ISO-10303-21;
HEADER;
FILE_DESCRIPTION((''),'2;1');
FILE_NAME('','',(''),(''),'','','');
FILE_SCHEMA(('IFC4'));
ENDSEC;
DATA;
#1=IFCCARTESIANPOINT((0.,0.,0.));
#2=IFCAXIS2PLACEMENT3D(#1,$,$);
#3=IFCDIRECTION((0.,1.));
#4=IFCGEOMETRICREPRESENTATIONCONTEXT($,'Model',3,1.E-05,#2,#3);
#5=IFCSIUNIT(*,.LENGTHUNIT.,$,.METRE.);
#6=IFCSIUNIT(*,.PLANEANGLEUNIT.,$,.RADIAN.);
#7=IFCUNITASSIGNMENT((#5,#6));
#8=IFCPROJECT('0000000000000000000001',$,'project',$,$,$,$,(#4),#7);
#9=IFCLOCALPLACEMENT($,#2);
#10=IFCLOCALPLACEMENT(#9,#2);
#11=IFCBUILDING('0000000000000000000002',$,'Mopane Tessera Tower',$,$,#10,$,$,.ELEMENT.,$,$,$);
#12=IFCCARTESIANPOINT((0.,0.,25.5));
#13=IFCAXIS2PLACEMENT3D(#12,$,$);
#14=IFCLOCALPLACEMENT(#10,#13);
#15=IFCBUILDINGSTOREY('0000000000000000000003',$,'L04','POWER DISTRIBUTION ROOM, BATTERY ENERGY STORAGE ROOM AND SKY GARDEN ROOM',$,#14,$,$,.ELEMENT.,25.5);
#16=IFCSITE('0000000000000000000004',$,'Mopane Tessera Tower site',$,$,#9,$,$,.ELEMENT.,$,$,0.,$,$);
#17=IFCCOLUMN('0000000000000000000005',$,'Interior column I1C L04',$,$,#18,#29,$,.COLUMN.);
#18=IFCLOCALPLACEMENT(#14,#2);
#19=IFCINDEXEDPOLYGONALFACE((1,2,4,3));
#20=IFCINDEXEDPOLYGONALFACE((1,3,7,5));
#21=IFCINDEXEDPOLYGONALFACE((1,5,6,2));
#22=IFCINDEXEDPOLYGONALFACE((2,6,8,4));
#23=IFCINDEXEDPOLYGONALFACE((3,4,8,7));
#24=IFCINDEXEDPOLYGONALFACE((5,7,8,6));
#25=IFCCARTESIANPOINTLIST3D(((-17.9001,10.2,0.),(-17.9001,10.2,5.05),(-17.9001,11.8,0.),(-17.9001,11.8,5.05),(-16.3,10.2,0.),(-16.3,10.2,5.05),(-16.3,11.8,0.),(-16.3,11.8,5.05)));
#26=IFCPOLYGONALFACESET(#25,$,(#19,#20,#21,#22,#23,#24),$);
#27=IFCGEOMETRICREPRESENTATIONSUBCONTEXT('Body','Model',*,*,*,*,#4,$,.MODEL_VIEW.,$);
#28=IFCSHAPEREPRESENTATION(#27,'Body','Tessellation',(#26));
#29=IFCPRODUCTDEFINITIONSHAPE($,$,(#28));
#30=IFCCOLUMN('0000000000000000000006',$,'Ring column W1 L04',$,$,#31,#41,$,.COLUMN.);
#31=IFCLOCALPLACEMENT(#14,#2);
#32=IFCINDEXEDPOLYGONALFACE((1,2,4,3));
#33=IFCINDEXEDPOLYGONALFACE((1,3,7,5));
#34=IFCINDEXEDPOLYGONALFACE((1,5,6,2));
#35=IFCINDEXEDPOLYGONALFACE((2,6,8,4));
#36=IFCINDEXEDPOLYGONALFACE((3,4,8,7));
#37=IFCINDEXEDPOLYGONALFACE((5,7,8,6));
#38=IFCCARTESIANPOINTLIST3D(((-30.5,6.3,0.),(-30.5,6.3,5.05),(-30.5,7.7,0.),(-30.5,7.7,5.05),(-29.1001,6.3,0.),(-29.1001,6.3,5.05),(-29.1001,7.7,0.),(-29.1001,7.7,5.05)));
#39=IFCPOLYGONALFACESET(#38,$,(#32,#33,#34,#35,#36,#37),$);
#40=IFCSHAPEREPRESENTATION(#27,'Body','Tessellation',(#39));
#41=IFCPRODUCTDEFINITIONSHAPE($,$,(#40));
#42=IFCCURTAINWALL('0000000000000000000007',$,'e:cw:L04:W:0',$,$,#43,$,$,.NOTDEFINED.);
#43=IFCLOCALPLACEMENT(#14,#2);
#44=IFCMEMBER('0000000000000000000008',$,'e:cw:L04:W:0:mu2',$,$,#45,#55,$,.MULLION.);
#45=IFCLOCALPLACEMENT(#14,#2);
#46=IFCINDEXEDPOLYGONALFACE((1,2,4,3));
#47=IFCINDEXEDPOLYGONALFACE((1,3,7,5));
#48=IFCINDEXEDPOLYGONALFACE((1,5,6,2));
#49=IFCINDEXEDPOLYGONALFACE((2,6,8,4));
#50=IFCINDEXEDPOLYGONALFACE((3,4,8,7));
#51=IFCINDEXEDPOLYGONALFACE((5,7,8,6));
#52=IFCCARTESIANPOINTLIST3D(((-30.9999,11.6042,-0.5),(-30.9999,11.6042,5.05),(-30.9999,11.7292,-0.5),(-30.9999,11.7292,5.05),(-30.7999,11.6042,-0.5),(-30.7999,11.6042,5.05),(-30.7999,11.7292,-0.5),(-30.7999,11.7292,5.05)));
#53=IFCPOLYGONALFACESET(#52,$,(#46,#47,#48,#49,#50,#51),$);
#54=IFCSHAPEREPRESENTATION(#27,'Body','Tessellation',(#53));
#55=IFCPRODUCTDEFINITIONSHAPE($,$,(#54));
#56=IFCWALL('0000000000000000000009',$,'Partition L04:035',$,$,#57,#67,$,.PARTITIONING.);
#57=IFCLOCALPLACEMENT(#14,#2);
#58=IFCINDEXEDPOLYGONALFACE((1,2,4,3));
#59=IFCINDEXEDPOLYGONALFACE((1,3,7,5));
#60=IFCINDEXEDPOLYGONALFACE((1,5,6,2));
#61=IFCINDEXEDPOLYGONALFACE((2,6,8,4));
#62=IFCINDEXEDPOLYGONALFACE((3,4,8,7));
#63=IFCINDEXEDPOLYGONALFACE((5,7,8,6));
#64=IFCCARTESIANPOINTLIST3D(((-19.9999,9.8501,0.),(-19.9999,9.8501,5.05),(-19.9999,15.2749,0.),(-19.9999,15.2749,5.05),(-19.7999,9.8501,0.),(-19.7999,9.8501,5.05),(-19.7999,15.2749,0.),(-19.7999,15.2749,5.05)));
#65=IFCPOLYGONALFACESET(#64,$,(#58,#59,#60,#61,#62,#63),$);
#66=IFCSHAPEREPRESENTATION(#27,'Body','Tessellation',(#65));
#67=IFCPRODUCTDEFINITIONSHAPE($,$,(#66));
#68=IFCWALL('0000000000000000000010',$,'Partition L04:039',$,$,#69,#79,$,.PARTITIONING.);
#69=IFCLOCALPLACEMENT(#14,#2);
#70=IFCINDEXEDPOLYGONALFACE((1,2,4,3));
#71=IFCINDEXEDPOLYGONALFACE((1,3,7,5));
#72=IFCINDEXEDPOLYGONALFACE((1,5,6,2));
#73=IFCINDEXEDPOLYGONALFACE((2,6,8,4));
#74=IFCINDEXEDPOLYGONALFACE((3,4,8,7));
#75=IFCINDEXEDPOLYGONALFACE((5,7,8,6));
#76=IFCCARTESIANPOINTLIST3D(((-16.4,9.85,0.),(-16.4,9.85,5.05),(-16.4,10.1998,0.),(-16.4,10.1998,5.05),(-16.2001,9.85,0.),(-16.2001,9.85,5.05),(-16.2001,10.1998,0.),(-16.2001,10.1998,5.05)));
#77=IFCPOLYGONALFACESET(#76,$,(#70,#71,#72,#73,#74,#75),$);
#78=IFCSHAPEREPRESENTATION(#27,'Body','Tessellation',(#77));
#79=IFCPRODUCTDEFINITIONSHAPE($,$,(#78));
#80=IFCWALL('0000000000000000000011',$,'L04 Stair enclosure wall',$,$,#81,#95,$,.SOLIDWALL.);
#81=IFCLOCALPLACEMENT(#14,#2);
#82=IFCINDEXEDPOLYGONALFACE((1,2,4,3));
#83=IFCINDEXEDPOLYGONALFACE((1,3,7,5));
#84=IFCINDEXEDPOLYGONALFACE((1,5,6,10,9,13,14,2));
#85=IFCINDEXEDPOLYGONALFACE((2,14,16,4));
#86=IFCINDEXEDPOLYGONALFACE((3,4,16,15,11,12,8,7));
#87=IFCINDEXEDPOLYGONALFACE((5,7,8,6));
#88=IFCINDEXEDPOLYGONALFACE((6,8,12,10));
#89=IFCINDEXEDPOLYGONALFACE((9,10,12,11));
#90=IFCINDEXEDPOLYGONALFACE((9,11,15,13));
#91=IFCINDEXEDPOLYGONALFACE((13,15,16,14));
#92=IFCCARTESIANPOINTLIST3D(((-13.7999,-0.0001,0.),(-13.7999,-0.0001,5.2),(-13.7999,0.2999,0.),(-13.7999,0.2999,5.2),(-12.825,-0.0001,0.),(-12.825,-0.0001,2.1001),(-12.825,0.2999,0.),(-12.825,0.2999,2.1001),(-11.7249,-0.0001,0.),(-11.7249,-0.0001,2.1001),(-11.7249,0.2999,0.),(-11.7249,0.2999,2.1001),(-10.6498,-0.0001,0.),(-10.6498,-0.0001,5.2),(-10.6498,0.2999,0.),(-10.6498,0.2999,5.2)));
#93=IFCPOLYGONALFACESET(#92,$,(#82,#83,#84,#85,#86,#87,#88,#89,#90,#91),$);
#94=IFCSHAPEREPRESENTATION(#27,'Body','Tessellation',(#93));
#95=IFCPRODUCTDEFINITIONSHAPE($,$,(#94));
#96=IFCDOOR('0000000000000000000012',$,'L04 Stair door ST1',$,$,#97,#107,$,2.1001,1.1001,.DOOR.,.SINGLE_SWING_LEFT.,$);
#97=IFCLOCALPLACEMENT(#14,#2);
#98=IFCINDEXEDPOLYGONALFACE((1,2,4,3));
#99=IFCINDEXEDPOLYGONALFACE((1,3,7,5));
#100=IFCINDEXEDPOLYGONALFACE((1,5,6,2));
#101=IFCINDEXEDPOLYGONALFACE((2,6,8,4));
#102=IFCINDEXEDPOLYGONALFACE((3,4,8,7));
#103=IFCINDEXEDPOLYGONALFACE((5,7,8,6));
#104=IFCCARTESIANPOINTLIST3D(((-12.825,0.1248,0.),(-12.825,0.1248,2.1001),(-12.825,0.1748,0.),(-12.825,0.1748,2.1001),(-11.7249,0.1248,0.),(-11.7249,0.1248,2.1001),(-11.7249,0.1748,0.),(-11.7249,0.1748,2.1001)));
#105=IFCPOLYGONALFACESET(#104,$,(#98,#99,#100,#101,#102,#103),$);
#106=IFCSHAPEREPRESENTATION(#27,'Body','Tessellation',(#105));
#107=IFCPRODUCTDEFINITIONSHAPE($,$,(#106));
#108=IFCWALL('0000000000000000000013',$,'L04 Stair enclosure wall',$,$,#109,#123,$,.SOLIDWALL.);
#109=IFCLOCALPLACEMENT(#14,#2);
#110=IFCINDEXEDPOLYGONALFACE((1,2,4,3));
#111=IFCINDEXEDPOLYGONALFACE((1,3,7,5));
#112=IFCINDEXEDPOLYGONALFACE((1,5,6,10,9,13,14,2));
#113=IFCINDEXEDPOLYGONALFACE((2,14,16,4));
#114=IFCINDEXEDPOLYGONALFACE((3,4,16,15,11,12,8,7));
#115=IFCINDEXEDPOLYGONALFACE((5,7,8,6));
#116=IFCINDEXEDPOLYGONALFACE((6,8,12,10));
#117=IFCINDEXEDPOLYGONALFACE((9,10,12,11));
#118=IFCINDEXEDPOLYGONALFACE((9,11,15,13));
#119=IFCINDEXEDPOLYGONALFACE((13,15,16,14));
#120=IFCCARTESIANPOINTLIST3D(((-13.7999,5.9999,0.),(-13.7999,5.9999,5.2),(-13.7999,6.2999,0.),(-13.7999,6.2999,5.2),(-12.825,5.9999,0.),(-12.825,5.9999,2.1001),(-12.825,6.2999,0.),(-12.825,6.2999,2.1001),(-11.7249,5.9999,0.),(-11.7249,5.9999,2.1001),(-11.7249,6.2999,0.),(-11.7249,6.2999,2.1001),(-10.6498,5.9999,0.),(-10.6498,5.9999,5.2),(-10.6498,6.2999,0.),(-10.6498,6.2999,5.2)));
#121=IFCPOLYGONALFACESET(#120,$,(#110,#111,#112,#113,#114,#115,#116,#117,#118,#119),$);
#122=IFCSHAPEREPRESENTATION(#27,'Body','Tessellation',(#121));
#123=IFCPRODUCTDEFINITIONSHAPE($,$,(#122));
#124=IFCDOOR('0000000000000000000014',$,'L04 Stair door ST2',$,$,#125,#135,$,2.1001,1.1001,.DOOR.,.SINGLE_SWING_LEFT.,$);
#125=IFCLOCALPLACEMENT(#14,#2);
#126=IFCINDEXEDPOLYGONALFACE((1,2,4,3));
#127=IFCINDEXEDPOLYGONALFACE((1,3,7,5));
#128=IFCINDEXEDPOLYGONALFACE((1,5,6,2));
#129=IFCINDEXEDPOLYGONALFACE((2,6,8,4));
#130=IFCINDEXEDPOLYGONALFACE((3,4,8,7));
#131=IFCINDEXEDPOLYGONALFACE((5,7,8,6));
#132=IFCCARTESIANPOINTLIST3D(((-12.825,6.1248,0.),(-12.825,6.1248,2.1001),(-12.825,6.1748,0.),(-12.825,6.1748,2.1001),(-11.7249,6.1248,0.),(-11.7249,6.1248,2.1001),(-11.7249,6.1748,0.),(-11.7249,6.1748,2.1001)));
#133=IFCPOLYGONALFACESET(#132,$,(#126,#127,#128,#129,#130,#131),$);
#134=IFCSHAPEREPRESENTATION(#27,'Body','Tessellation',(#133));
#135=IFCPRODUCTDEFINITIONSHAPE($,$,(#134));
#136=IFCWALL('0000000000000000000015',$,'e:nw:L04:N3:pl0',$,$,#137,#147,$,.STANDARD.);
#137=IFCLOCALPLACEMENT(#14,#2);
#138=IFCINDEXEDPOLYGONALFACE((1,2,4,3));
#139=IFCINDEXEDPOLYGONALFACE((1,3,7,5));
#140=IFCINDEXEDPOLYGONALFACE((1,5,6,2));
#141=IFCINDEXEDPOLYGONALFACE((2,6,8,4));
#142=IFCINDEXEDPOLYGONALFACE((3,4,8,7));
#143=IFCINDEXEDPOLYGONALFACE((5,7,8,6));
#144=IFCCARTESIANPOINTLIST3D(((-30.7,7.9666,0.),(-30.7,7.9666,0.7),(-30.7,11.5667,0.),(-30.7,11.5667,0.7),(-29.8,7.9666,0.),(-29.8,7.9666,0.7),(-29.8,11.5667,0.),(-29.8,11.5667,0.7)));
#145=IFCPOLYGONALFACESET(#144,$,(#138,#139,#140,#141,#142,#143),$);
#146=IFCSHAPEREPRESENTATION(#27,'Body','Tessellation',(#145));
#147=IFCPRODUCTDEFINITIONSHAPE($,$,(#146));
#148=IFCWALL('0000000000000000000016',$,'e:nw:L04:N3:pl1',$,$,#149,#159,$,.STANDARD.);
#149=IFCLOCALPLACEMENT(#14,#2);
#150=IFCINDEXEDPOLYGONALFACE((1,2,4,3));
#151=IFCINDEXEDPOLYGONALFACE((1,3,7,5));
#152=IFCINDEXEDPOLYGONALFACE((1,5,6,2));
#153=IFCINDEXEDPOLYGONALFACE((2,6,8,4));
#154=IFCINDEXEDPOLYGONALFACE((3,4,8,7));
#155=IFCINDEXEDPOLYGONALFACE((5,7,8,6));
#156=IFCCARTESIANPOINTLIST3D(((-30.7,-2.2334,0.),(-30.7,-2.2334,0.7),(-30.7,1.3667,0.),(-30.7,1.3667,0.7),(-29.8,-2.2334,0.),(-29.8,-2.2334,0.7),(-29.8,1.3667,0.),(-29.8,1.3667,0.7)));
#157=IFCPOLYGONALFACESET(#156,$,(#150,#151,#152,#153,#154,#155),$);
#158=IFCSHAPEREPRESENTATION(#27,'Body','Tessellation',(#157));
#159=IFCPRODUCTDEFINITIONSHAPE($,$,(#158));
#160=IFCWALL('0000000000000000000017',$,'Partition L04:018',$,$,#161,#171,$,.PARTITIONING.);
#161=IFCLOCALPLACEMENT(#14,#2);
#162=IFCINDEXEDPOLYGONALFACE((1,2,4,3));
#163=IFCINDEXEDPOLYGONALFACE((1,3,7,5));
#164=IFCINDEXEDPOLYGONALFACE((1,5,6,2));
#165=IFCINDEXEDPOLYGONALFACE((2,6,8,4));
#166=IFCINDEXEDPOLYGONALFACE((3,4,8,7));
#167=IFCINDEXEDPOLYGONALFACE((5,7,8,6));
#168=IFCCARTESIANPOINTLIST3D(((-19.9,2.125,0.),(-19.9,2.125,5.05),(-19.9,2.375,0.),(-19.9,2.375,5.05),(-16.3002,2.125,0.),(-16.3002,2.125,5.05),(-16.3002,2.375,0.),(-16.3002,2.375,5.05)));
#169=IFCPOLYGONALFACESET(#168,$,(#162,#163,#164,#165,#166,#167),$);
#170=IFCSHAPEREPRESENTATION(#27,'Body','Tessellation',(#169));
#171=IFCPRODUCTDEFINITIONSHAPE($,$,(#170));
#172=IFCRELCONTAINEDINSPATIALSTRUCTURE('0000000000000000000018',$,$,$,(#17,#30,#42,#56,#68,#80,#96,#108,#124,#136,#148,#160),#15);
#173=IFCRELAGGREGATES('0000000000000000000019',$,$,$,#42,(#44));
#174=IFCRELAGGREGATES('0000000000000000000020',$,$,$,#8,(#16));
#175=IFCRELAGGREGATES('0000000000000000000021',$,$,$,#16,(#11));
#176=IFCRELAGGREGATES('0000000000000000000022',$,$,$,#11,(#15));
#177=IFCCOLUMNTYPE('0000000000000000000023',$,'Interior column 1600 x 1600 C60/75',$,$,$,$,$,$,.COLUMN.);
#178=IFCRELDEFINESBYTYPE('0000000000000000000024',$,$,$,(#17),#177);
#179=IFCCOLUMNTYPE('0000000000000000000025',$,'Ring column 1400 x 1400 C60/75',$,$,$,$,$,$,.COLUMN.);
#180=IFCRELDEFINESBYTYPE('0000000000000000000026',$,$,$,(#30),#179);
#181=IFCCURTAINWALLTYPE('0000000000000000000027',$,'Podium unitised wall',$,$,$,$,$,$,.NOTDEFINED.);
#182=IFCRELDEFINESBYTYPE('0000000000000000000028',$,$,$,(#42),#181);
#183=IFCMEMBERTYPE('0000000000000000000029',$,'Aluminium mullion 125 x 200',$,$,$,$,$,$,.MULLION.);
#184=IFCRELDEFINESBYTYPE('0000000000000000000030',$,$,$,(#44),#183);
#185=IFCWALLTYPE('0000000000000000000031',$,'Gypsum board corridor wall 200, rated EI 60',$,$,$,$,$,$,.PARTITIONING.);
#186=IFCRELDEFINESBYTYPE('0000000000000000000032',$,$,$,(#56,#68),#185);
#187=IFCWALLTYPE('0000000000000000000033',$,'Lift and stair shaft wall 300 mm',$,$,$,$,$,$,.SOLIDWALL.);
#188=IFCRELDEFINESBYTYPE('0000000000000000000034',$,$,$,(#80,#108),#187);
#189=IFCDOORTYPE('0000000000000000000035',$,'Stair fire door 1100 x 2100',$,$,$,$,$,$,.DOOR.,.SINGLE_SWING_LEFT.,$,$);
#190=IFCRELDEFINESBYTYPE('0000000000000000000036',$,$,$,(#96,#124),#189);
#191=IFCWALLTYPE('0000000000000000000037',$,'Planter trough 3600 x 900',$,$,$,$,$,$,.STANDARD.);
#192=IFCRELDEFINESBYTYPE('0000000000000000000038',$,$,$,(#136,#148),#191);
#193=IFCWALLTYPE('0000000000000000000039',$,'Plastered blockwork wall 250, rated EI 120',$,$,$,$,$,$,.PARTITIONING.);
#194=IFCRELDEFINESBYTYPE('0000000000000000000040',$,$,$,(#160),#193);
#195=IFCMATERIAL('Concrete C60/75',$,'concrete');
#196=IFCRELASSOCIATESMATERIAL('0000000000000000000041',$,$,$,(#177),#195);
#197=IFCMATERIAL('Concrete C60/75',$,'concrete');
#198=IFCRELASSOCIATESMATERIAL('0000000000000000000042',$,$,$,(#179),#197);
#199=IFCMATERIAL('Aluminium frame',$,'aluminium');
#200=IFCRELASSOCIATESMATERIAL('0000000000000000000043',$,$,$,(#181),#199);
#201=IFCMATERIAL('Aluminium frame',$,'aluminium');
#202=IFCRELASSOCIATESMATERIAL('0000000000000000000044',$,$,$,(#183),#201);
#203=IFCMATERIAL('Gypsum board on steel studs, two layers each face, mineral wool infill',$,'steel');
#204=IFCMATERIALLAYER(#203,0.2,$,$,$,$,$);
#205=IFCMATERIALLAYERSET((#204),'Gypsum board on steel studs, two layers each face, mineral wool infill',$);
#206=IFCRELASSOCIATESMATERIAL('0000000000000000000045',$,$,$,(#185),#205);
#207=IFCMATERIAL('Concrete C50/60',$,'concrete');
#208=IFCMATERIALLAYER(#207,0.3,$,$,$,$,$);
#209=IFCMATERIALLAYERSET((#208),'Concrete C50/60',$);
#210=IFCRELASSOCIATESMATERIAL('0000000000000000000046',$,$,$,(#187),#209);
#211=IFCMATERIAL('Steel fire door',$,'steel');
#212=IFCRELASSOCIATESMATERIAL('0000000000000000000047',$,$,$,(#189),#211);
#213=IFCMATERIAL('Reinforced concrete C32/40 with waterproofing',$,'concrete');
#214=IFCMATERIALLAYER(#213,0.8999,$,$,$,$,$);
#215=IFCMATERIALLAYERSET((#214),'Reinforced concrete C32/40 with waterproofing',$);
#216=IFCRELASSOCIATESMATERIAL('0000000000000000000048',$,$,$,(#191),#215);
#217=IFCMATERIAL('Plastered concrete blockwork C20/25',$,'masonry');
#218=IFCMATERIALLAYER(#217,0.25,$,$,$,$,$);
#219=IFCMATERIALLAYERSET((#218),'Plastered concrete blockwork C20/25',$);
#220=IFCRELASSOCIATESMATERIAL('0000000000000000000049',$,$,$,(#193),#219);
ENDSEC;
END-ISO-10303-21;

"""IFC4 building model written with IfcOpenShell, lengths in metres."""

from ifc_helpers import new_model, si_unit, direction, frame, frame_2d, origin, origin_2d, place, context, subcontext, project, spatial, rectangle, extrude, material, layer, layer_set, material_profile, profile_set, type_object, element, fill, aggregate, save


model = new_model("IFC4")

# Units and contexts
model_context = context("Model", 3, precision=1e-05, world=origin(), true_north=direction((0.0, 1.0)))
body_context = subcontext(model_context, "Body", "Model", "MODEL_VIEW")
ifc_project = project(units=[si_unit("LENGTHUNIT", "METRE"), si_unit("PLANEANGLEUNIT", "RADIAN")], contexts=[model_context])

# Site, building, storey
site_placement = place(None, origin())
site = spatial("IfcSite", under=ifc_project, at=site_placement, Name="Mopane Tessera Tower site", CompositionType="ELEMENT", RefElevation=0.0)
building_placement = place(site_placement, origin())
building = spatial("IfcBuilding", under=site, at=building_placement, Name="Mopane Tessera Tower", CompositionType="ELEMENT")
storey_placement = place(building_placement, frame((0.0, 0.0, 25.5)))
storey = spatial("IfcBuildingStorey", under=building, at=storey_placement, Name="L04", Description="POWER DISTRIBUTION ROOM, BATTERY ENERGY STORAGE ROOM AND SKY GARDEN ROOM", CompositionType="ELEMENT", Elevation=25.5)

# Columns
ifc_material_1 = material(Name="Concrete C60/75", Category="concrete")
ifc_material_profile_1 = material_profile(ifc_material_1, rectangle(XDim=1.6001, YDim=1.6001, at=origin_2d()))
ifc_profile_set_1 = profile_set([ifc_material_profile_1], Name="Concrete C60/75")
column_type_1 = type_object("IfcColumnType", Name="Interior column 1600 x 1600 C60/75", PredefinedType="COLUMN", material=ifc_profile_set_1)
column_1_placement = place(storey_placement, frame((-17.1001, 11.0, 0.0), z_axis=(0.0, 0.0, 1.0), x_axis=(1.0, 0.0, 0.0)))
element("IfcColumn", 1, at=column_1_placement, inside=storey, type_object=column_type_1, Name="Interior column I1C L04", PredefinedType="COLUMN", context=body_context, shape_type="SweptSolid", body=[
    extrude(rectangle(XDim=1.6001, YDim=1.6001, at=origin_2d()), origin(), (0.0, 0.0, 1.0), 5.05),
])
ifc_material_2 = material(Name="Concrete C60/75", Category="concrete")
ifc_material_profile_2 = material_profile(ifc_material_2, rectangle(XDim=1.3999, YDim=1.3999, at=origin_2d()))
ifc_profile_set_2 = profile_set([ifc_material_profile_2], Name="Concrete C60/75")
column_type_2 = type_object("IfcColumnType", Name="Ring column 1400 x 1400 C60/75", PredefinedType="COLUMN", material=ifc_profile_set_2)
column_2_placement = place(storey_placement, frame((-29.8, 7.0, 0.0), z_axis=(0.0, 0.0, 1.0), x_axis=(1.0, 0.0, 0.0)))
element("IfcColumn", 2, at=column_2_placement, inside=storey, type_object=column_type_2, Name="Ring column W1 L04", PredefinedType="COLUMN", context=body_context, shape_type="SweptSolid", body=[
    extrude(rectangle(XDim=1.3999, YDim=1.3999, at=origin_2d()), origin(), (0.0, 0.0, 1.0), 5.05),
])

# Curtain wall, member
ifc_material_3 = material(Name="Aluminium frame", Category="aluminium")
curtain_wall_type = type_object("IfcCurtainWallType", Name="Podium unitised wall", PredefinedType="NOTDEFINED", material=ifc_material_3)
curtain_wall_placement = place(storey_placement, origin())
curtain_wall = element("IfcCurtainWall", 3, at=curtain_wall_placement, inside=storey, type_object=curtain_wall_type, Name="e:cw:L04:W:0", PredefinedType="NOTDEFINED")
ifc_material_4 = material(Name="Aluminium frame", Category="aluminium")
ifc_material_profile_3 = material_profile(ifc_material_4, rectangle(XDim=0.125, YDim=0.2, at=origin_2d()))
ifc_profile_set_3 = profile_set([ifc_material_profile_3], Name="Aluminium frame")
member_type = type_object("IfcMemberType", Name="Aluminium mullion 125 x 200", PredefinedType="MULLION", material=ifc_profile_set_3)
member_placement = place(storey_placement, frame((-30.8999, 11.6667, -0.5), z_axis=(0.0, 0.0, 1.0), x_axis=(0.0, -1.0, 0.0)))
member = element("IfcMember", 4, at=member_placement, type_object=member_type, Name="e:cw:L04:W:0:mu2", PredefinedType="MULLION", context=body_context, shape_type="SweptSolid", body=[
    extrude(rectangle(XDim=0.125, YDim=0.2, at=origin_2d()), origin(), (0.0, 0.0, 1.0), 5.55),
])
aggregate(curtain_wall, [member])

# Walls
ifc_material_5 = material(Name="Gypsum board on steel studs, two layers each face, mineral wool infill", Category="steel")
ifc_layer_1 = layer(ifc_material_5, 0.2)
ifc_layer_set_1 = layer_set([ifc_layer_1], Name="Gypsum board on steel studs, two layers each face, mineral wool infill")
wall_type_1 = type_object("IfcWallType", Name="Gypsum board corridor wall 200, rated EI 60", PredefinedType="PARTITIONING", material=ifc_layer_set_1)
wall_1_placement = place(storey_placement, frame((-19.8999, 9.8501, 0.0), z_axis=(0.0, 0.0, 1.0), x_axis=(0.0, 1.0, 0.0)))
element("IfcWall", 5, at=wall_1_placement, inside=storey, type_object=wall_type_1, Name="Partition L04:035", PredefinedType="PARTITIONING", context=body_context, shape_type="SweptSolid", body=[
    extrude(rectangle(XDim=5.4248, YDim=0.2, at=frame_2d((2.7124, 0.0))), origin(), (0.0, 0.0, 1.0), 5.05),
])
wall_2_placement = place(storey_placement, frame((-16.3, 9.8501, 0.0), z_axis=(0.0, 0.0, 1.0), x_axis=(0.0, 1.0, 0.0)))
element("IfcWall", 6, at=wall_2_placement, inside=storey, type_object=wall_type_1, Name="Partition L04:039", PredefinedType="PARTITIONING", context=body_context, shape_type="SweptSolid", body=[
    extrude(rectangle(XDim=0.3499, YDim=0.2, at=frame_2d((0.1748, 0.0))), origin(), (0.0, 0.0, 1.0), 5.05),
])

# Walls, openings, doors
ifc_material_6 = material(Name="Concrete C50/60", Category="concrete")
ifc_layer_2 = layer(ifc_material_6, 0.3)
ifc_layer_set_2 = layer_set([ifc_layer_2], Name="Concrete C50/60")
wall_type_2 = type_object("IfcWallType", Name="Lift and stair shaft wall 300 mm", PredefinedType="SOLIDWALL", material=ifc_layer_set_2)
wall_3_placement = place(storey_placement, frame((-13.8, 0.1499, 0.0), z_axis=(0.0, 0.0, 1.0), x_axis=(1.0, 0.0, 0.0)))
wall_3 = element("IfcWall", 7, at=wall_3_placement, inside=storey, type_object=wall_type_2, Name="L04 Stair enclosure wall", PredefinedType="SOLIDWALL", context=body_context, shape_type="SweptSolid", body=[
    extrude(rectangle(XDim=3.1501, YDim=0.3, at=frame_2d((1.5752, 0.0))), origin(), (0.0, 0.0, 1.0), 5.2),
])
opening_1_placement = place(wall_3_placement, frame((0.9751, 0.0, 0.0)))
opening_1 = element("IfcOpeningElement", 8, at=opening_1_placement, cuts=wall_3, PredefinedType="OPENING", context=body_context, shape_type="SweptSolid", body=[
    extrude(rectangle(XDim=1.1001, YDim=2.1001, at=frame_2d((0.55, 1.05))), frame((0.0, 0.1621, 0.0), z_axis=(0.0, -1.0, 0.0), x_axis=(1.0, 0.0, 0.0)), (0.0, 0.0, 1.0), 0.324),
])
ifc_material_7 = material(Name="Steel fire door", Category="steel")
door_type_1 = type_object("IfcDoorType", Name="Stair fire door 1100 x 2100", OperationType="SINGLE_SWING_LEFT", PredefinedType="DOOR", material=ifc_material_7)
door_1_placement = place(opening_1_placement, origin())
door_1 = element("IfcDoor", 9, at=door_1_placement, inside=storey, type_object=door_type_1, Name="L04 Stair door ST1", OperationType="SINGLE_SWING_LEFT", OverallHeight=2.1001, OverallWidth=1.1001, PredefinedType="DOOR", context=body_context, shape_type="SweptSolid", body=[
    extrude(rectangle(XDim=1.1001, YDim=2.1001, at=frame_2d((0.55, 1.05))), frame((0.0, 0.0249, 0.0), z_axis=(0.0, -1.0, 0.0), x_axis=(1.0, 0.0, 0.0)), (0.0, 0.0, 1.0), 0.05),
])
fill(opening_1, door_1)
wall_4_placement = place(storey_placement, frame((-13.8, 6.1499, 0.0), z_axis=(0.0, 0.0, 1.0), x_axis=(1.0, 0.0, 0.0)))
wall_4 = element("IfcWall", 10, at=wall_4_placement, inside=storey, type_object=wall_type_2, Name="L04 Stair enclosure wall", PredefinedType="SOLIDWALL", context=body_context, shape_type="SweptSolid", body=[
    extrude(rectangle(XDim=3.1501, YDim=0.3, at=frame_2d((1.5752, 0.0))), origin(), (0.0, 0.0, 1.0), 5.2),
])
opening_2_placement = place(wall_4_placement, frame((0.9751, 0.0, 0.0)))
opening_2 = element("IfcOpeningElement", 11, at=opening_2_placement, cuts=wall_4, PredefinedType="OPENING", context=body_context, shape_type="SweptSolid", body=[
    extrude(rectangle(XDim=1.1001, YDim=2.1001, at=frame_2d((0.55, 1.05))), frame((0.0, 0.1621, 0.0), z_axis=(0.0, -1.0, 0.0), x_axis=(1.0, 0.0, 0.0)), (0.0, 0.0, 1.0), 0.324),
])
door_2_placement = place(opening_2_placement, origin())
door_2 = element("IfcDoor", 12, at=door_2_placement, inside=storey, type_object=door_type_1, Name="L04 Stair door ST2", OperationType="SINGLE_SWING_LEFT", OverallHeight=2.1001, OverallWidth=1.1001, PredefinedType="DOOR", context=body_context, shape_type="SweptSolid", body=[
    extrude(rectangle(XDim=1.1001, YDim=2.1001, at=frame_2d((0.55, 1.05))), frame((0.0, 0.0249, 0.0), z_axis=(0.0, -1.0, 0.0), x_axis=(1.0, 0.0, 0.0)), (0.0, 0.0, 1.0), 0.05),
])
fill(opening_2, door_2)

# Walls
ifc_material_8 = material(Name="Reinforced concrete C32/40 with waterproofing", Category="concrete")
ifc_layer_3 = layer(ifc_material_8, 0.8999)
ifc_layer_set_3 = layer_set([ifc_layer_3], Name="Reinforced concrete C32/40 with waterproofing")
wall_type_3 = type_object("IfcWallType", Name="Planter trough 3600 x 900", PredefinedType="STANDARD", material=ifc_layer_set_3)
for number, where, z_axis, x_axis, name in (
    (13, (-30.25, 11.5667, 0.0), (0.0, 0.0, 1.0), (0.0, -1.0, 0.0), "e:nw:L04:N3:pl0"),
    (14, (-30.25, 1.3667, 0.0), (0.0, 0.0, 1.0), (0.0, -1.0, 0.0), "e:nw:L04:N3:pl1"),
):
    element("IfcWall", number, at=place(storey_placement, frame(where, z_axis=z_axis, x_axis=x_axis)), inside=storey, type_object=wall_type_3, Name=name, PredefinedType="STANDARD", context=body_context, shape_type="SweptSolid", body=[
        extrude(rectangle(XDim=3.6001, YDim=0.8999, at=frame_2d((1.8, 0.0))), origin(), (0.0, 0.0, 1.0), 0.7),
    ])
ifc_material_9 = material(Name="Plastered concrete blockwork C20/25", Category="masonry")
ifc_layer_4 = layer(ifc_material_9, 0.25)
ifc_layer_set_4 = layer_set([ifc_layer_4], Name="Plastered concrete blockwork C20/25")
wall_type_4 = type_object("IfcWallType", Name="Plastered blockwork wall 250, rated EI 120", PredefinedType="PARTITIONING", material=ifc_layer_set_4)
for number, where, z_axis, x_axis, name in (
    (15, (-19.8999, 2.25, 0.0), (0.0, 0.0, 1.0), (1.0, 0.0, 0.0), "Partition L04:018"),
):
    element("IfcWall", number, at=place(storey_placement, frame(where, z_axis=z_axis, x_axis=x_axis)), inside=storey, type_object=wall_type_4, Name=name, PredefinedType="PARTITIONING", context=body_context, shape_type="SweptSolid", body=[
        extrude(rectangle(XDim=3.5999, YDim=0.25, at=frame_2d((1.7998, 0.0))), origin(), (0.0, 0.0, 1.0), 5.05),
    ])

save(model, "model.ifc")
